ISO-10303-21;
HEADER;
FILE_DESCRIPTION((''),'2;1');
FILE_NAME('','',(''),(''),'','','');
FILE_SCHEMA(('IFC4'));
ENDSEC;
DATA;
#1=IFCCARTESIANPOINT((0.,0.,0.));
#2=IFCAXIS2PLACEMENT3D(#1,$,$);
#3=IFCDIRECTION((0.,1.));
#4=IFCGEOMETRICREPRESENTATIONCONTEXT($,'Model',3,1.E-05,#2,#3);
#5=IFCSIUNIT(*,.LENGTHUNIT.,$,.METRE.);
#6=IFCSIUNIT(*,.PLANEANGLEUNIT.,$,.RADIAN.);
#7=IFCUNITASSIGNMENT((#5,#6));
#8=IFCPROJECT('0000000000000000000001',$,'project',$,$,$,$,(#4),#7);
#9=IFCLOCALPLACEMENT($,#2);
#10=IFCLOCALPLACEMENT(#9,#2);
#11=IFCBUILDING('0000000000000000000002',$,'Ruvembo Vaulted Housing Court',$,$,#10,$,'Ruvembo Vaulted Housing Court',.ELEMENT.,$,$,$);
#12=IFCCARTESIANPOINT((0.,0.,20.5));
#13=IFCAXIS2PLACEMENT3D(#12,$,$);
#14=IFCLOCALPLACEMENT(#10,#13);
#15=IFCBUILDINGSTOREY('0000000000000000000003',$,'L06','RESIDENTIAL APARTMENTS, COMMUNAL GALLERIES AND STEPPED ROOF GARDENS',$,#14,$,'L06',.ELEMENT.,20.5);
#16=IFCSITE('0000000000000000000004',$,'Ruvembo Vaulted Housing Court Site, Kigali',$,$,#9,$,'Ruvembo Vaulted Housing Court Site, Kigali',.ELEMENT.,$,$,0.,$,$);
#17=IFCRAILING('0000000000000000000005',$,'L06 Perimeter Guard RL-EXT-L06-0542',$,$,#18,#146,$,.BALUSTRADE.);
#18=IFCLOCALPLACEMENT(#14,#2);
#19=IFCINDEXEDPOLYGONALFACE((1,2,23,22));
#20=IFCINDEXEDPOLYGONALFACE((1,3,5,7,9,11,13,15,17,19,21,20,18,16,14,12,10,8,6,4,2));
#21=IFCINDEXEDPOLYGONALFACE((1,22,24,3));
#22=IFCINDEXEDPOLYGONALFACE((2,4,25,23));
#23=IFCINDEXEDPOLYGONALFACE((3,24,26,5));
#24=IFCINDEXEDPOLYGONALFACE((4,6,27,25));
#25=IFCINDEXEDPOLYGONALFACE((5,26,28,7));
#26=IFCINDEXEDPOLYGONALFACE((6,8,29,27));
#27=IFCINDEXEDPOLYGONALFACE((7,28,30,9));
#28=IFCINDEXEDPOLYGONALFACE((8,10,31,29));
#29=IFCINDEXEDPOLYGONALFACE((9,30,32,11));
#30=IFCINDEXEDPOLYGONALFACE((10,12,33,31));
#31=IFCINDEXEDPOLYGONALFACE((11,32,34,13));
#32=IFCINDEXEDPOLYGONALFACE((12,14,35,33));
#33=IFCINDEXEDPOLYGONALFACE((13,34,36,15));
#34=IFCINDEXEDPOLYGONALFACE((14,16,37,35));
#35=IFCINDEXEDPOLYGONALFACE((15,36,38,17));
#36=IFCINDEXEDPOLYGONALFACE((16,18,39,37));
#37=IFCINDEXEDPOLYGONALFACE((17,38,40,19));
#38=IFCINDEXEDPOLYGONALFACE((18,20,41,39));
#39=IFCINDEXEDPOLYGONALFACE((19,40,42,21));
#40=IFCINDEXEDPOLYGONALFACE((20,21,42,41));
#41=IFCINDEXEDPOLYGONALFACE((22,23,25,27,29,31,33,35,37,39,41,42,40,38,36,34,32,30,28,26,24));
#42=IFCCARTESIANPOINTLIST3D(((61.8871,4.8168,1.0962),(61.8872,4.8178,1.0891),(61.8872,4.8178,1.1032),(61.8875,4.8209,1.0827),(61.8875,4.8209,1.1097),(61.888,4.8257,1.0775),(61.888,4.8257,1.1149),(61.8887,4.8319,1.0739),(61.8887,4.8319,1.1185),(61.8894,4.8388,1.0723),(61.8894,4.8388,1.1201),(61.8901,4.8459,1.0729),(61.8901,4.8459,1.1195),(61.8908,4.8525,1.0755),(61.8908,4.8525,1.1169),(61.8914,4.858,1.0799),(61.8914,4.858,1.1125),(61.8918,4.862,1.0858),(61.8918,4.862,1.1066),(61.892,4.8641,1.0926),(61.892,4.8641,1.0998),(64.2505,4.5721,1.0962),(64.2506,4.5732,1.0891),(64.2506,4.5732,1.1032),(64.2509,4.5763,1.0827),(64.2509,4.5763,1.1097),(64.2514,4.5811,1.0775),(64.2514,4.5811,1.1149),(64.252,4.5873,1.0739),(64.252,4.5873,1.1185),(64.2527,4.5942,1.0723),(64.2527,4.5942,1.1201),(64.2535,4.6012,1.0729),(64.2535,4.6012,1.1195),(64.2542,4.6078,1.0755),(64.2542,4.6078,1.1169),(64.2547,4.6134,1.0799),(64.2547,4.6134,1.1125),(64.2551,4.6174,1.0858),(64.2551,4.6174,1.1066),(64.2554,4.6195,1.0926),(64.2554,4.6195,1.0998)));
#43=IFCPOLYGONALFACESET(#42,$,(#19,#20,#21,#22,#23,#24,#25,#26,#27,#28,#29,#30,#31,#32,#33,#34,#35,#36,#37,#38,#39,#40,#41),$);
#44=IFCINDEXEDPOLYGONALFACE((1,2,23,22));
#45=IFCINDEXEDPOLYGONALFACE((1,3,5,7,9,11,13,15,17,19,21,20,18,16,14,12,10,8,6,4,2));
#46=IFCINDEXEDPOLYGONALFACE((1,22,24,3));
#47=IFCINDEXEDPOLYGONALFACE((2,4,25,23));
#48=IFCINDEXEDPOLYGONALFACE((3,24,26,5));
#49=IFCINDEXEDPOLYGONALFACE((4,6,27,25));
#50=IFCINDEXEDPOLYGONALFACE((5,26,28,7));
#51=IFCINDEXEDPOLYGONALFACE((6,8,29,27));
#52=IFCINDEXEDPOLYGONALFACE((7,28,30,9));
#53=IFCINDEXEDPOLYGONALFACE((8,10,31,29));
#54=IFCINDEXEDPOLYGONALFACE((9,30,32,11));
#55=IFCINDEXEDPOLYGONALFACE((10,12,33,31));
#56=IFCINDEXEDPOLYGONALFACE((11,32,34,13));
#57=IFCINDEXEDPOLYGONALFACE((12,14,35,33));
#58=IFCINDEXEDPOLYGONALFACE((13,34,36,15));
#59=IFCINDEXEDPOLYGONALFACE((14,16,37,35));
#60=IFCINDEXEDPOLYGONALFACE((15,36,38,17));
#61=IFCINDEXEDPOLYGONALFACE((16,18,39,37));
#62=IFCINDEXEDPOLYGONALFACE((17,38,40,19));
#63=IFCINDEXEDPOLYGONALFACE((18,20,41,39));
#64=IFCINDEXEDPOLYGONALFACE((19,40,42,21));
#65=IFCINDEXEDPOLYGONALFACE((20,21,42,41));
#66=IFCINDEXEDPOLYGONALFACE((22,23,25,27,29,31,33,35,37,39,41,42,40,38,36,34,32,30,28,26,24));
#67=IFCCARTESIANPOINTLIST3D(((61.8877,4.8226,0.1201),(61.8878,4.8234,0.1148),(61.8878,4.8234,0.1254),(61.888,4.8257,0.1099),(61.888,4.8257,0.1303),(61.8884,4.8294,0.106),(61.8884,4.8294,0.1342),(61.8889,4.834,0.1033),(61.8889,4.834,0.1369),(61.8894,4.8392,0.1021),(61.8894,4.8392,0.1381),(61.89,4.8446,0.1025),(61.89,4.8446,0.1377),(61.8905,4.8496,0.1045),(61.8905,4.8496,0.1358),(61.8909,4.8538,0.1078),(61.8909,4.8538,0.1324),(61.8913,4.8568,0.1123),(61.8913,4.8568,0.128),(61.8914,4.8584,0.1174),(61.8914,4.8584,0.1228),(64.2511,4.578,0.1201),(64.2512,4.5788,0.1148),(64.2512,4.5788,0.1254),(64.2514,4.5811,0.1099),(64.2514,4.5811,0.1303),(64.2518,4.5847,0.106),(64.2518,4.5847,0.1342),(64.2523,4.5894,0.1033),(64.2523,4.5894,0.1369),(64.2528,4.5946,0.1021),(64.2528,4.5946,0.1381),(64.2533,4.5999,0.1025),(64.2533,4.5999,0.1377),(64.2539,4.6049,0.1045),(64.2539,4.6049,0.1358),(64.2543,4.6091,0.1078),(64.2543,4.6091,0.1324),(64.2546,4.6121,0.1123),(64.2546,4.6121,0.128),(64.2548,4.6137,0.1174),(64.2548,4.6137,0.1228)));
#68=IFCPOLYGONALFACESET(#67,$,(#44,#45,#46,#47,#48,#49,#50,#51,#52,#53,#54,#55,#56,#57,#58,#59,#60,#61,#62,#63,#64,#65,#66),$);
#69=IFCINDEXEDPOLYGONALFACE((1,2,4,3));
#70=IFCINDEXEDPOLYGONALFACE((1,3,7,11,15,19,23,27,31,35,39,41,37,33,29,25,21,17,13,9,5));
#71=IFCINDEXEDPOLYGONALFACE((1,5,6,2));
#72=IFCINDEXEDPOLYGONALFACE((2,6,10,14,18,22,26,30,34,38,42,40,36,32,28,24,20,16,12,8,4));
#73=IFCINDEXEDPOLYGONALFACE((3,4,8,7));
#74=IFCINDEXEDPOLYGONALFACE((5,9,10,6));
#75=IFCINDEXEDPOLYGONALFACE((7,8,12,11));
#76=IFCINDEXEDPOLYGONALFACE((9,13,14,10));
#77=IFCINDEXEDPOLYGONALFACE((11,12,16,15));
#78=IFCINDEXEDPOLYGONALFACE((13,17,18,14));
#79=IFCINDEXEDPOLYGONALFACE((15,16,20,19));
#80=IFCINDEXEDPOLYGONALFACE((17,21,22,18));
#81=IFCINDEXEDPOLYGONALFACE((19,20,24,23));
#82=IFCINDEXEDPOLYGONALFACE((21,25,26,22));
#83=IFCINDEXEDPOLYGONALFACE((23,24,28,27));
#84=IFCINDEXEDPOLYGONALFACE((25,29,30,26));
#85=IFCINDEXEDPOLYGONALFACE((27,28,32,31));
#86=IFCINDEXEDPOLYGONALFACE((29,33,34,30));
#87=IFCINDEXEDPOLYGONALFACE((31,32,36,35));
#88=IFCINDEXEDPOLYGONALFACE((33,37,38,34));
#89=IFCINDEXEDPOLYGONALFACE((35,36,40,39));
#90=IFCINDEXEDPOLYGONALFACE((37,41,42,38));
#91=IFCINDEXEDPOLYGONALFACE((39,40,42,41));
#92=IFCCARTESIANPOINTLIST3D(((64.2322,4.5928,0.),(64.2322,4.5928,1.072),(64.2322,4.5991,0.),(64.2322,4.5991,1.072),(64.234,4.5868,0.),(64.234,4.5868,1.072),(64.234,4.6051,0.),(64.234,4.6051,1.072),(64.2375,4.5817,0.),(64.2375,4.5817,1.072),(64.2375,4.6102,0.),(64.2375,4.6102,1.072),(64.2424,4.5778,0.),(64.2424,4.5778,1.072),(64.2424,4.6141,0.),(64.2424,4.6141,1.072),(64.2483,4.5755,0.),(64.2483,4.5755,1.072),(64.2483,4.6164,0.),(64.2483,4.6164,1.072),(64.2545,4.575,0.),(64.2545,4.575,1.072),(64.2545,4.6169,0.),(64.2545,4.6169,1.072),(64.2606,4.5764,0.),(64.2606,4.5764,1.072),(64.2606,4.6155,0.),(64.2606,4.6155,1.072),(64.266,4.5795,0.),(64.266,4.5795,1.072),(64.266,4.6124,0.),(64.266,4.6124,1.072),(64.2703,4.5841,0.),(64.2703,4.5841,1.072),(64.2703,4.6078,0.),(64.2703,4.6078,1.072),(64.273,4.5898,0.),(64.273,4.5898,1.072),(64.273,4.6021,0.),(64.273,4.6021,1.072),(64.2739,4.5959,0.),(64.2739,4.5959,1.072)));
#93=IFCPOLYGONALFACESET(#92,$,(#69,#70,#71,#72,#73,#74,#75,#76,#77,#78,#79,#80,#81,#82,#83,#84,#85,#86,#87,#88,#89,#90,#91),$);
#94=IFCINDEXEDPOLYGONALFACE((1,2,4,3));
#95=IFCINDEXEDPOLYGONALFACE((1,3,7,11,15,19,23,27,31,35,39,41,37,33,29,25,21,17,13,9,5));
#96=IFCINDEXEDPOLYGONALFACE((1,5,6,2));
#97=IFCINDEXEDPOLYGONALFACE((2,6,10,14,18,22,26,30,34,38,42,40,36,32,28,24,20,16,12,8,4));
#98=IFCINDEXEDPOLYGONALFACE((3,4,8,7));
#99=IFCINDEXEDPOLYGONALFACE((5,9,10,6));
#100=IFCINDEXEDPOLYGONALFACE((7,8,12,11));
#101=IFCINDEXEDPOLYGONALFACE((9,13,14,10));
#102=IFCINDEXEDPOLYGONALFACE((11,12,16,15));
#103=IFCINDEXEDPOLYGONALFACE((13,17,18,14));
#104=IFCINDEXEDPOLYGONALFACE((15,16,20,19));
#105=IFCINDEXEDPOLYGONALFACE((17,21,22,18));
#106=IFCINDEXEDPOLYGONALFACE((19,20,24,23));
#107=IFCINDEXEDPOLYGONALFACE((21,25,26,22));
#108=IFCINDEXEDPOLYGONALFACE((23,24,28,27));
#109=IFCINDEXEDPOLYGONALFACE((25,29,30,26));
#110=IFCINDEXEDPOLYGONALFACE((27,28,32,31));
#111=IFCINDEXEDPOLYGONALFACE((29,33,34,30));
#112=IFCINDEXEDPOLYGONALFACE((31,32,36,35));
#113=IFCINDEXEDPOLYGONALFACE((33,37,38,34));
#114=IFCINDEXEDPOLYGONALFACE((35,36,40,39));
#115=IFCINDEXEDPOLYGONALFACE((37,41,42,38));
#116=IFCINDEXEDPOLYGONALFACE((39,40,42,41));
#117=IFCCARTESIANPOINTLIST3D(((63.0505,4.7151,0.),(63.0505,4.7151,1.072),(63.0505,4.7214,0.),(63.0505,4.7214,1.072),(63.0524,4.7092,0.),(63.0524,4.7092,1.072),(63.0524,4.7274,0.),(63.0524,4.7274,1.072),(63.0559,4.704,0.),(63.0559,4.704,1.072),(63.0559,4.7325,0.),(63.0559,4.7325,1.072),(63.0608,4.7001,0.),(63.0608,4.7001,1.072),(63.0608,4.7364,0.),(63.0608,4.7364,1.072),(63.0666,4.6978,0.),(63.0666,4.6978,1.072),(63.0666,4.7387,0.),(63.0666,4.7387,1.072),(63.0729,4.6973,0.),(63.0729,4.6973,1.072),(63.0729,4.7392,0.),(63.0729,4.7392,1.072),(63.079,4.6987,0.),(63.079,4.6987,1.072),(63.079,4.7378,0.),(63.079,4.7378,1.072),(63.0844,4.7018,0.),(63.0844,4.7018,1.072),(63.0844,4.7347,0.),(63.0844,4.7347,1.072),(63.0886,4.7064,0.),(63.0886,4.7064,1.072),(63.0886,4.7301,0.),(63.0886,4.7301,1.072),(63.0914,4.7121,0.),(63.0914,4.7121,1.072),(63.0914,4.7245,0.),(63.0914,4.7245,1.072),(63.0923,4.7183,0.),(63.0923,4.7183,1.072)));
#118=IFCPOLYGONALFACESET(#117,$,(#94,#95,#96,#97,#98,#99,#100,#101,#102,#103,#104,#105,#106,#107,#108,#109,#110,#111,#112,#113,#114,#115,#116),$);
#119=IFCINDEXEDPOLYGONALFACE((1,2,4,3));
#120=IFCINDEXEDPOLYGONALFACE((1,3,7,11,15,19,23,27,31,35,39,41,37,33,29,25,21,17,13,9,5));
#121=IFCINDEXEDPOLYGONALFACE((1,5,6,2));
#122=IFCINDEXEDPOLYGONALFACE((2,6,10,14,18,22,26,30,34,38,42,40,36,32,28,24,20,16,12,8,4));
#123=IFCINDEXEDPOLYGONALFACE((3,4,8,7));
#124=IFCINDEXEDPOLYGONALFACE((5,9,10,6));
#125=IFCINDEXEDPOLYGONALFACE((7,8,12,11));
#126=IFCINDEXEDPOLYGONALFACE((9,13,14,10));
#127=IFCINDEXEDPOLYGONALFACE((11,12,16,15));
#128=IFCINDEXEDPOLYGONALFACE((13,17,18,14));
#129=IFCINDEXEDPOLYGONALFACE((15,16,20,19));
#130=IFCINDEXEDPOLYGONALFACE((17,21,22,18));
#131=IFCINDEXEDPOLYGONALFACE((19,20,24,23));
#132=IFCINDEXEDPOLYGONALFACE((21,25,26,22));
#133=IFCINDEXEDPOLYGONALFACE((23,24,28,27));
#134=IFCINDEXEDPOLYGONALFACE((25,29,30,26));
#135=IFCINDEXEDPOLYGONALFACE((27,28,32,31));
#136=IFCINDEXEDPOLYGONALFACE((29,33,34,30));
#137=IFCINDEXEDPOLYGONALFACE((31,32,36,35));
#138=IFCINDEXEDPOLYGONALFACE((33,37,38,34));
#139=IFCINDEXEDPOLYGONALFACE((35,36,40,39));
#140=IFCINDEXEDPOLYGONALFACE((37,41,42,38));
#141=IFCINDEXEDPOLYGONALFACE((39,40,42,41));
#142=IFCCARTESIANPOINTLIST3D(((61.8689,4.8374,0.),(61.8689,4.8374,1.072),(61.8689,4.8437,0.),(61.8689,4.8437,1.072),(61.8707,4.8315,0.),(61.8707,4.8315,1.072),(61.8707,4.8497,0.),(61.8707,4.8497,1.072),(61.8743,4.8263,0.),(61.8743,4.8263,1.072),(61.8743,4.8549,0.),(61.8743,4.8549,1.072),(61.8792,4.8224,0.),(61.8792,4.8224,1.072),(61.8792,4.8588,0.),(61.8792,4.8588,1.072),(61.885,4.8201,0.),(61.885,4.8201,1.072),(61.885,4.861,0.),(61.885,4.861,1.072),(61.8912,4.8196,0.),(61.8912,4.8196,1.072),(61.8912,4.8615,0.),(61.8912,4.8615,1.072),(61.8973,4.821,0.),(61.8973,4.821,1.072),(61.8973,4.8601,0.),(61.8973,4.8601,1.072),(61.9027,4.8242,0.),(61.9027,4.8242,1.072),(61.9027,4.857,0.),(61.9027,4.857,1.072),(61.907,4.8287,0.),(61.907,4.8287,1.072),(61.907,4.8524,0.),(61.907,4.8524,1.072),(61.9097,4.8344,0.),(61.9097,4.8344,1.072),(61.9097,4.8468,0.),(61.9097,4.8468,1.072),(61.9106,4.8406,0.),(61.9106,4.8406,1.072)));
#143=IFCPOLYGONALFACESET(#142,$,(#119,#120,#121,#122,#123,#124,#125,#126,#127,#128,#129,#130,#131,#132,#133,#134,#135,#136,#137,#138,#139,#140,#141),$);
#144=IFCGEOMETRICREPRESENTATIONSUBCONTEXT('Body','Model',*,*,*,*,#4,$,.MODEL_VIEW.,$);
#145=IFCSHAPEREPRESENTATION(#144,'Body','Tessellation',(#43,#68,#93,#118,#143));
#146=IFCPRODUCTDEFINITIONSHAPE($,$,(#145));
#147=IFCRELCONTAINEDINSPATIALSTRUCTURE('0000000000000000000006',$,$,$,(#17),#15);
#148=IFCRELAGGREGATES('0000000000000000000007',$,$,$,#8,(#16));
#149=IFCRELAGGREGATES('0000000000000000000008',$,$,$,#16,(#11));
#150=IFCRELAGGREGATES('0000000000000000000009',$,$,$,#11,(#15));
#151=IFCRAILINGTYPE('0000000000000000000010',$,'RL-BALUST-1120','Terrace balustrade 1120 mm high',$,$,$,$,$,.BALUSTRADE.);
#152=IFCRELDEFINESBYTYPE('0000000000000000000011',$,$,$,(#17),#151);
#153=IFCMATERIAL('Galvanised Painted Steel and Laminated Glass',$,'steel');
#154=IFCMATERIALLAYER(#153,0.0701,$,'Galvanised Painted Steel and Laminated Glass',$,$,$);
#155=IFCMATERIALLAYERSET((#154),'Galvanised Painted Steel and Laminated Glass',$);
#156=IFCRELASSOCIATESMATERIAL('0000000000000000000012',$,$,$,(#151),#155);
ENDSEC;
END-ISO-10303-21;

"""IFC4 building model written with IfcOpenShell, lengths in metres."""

from ifc_helpers import new_model, si_unit, direction, frame, origin, origin_2d, place, context, subcontext, project, spatial, circle, extrude, material, layer, layer_set, type_object, element, save


model = new_model("IFC4")

# Units and contexts
model_context = context("Model", 3, precision=1e-05, world=origin(), true_north=direction((0.0, 1.0)))
body_context = subcontext(model_context, "Body", "Model", "MODEL_VIEW")
ifc_project = project(units=[si_unit("LENGTHUNIT", "METRE"), si_unit("PLANEANGLEUNIT", "RADIAN")], contexts=[model_context])

# Site, building, storey
site_placement = place(None, origin())
site = spatial("IfcSite", under=ifc_project, at=site_placement, Name="Ruvembo Vaulted Housing Court Site, Kigali", LongName="Ruvembo Vaulted Housing Court Site, Kigali", CompositionType="ELEMENT", RefElevation=0.0)
building_placement = place(site_placement, origin())
building = spatial("IfcBuilding", under=site, at=building_placement, Name="Ruvembo Vaulted Housing Court", LongName="Ruvembo Vaulted Housing Court", CompositionType="ELEMENT")
storey_placement = place(building_placement, frame((0.0, 0.0, 20.5)))
storey = spatial("IfcBuildingStorey", under=building, at=storey_placement, Name="L06", Description="RESIDENTIAL APARTMENTS, COMMUNAL GALLERIES AND STEPPED ROOF GARDENS", LongName="L06", CompositionType="ELEMENT", Elevation=20.5)

# Railing
ifc_material_1 = material(Name="Galvanised Painted Steel and Laminated Glass", Category="steel")
ifc_layer = layer(ifc_material_1, 0.0701, Name="Galvanised Painted Steel and Laminated Glass")
ifc_layer_set = layer_set([ifc_layer], Name="Galvanised Painted Steel and Laminated Glass")
railing_type = type_object("IfcRailingType", Name="RL-BALUST-1120", Description="Terrace balustrade 1120 mm high", PredefinedType="BALUSTRADE", material=ifc_layer_set)
railing_1_placement = place(storey_placement, frame((64.2529, 4.5959, 0.0)))
element("IfcRailing", 1, at=railing_1_placement, inside=storey, type_object=railing_type, Name="L06 Perimeter Guard RL-EXT-L06-0542", PredefinedType="BALUSTRADE", context=body_context, shape_type="SweptSolid", body=[
    extrude(circle(Radius=0.0239, at=origin_2d()), frame((0.0, 0.0, 1.0962), z_axis=(-0.994685, 0.102962, 0.0), x_axis=(-0.102962, -0.994685, 0.0)), (0.0, 0.0, 1.0), 2.376),
    extrude(circle(Radius=0.0181, at=origin_2d()), frame((0.0, 0.0, 0.1201), z_axis=(-0.994685, 0.102962, 0.0), x_axis=(-0.102962, -0.994685, 0.0)), (0.0, 0.0, 1.0), 2.376),
    extrude(circle(Radius=0.021, at=origin_2d()), origin(), (0.0, 0.0, 1.0), 1.072),
    extrude(circle(Radius=0.021, at=origin_2d()), frame((-1.1816, 0.1223, 0.0)), (0.0, 0.0, 1.0), 1.072),
    extrude(circle(Radius=0.021, at=origin_2d()), frame((-2.3633, 0.2446, 0.0)), (0.0, 0.0, 1.0), 1.072),
])

save(model, "model.ifc")
